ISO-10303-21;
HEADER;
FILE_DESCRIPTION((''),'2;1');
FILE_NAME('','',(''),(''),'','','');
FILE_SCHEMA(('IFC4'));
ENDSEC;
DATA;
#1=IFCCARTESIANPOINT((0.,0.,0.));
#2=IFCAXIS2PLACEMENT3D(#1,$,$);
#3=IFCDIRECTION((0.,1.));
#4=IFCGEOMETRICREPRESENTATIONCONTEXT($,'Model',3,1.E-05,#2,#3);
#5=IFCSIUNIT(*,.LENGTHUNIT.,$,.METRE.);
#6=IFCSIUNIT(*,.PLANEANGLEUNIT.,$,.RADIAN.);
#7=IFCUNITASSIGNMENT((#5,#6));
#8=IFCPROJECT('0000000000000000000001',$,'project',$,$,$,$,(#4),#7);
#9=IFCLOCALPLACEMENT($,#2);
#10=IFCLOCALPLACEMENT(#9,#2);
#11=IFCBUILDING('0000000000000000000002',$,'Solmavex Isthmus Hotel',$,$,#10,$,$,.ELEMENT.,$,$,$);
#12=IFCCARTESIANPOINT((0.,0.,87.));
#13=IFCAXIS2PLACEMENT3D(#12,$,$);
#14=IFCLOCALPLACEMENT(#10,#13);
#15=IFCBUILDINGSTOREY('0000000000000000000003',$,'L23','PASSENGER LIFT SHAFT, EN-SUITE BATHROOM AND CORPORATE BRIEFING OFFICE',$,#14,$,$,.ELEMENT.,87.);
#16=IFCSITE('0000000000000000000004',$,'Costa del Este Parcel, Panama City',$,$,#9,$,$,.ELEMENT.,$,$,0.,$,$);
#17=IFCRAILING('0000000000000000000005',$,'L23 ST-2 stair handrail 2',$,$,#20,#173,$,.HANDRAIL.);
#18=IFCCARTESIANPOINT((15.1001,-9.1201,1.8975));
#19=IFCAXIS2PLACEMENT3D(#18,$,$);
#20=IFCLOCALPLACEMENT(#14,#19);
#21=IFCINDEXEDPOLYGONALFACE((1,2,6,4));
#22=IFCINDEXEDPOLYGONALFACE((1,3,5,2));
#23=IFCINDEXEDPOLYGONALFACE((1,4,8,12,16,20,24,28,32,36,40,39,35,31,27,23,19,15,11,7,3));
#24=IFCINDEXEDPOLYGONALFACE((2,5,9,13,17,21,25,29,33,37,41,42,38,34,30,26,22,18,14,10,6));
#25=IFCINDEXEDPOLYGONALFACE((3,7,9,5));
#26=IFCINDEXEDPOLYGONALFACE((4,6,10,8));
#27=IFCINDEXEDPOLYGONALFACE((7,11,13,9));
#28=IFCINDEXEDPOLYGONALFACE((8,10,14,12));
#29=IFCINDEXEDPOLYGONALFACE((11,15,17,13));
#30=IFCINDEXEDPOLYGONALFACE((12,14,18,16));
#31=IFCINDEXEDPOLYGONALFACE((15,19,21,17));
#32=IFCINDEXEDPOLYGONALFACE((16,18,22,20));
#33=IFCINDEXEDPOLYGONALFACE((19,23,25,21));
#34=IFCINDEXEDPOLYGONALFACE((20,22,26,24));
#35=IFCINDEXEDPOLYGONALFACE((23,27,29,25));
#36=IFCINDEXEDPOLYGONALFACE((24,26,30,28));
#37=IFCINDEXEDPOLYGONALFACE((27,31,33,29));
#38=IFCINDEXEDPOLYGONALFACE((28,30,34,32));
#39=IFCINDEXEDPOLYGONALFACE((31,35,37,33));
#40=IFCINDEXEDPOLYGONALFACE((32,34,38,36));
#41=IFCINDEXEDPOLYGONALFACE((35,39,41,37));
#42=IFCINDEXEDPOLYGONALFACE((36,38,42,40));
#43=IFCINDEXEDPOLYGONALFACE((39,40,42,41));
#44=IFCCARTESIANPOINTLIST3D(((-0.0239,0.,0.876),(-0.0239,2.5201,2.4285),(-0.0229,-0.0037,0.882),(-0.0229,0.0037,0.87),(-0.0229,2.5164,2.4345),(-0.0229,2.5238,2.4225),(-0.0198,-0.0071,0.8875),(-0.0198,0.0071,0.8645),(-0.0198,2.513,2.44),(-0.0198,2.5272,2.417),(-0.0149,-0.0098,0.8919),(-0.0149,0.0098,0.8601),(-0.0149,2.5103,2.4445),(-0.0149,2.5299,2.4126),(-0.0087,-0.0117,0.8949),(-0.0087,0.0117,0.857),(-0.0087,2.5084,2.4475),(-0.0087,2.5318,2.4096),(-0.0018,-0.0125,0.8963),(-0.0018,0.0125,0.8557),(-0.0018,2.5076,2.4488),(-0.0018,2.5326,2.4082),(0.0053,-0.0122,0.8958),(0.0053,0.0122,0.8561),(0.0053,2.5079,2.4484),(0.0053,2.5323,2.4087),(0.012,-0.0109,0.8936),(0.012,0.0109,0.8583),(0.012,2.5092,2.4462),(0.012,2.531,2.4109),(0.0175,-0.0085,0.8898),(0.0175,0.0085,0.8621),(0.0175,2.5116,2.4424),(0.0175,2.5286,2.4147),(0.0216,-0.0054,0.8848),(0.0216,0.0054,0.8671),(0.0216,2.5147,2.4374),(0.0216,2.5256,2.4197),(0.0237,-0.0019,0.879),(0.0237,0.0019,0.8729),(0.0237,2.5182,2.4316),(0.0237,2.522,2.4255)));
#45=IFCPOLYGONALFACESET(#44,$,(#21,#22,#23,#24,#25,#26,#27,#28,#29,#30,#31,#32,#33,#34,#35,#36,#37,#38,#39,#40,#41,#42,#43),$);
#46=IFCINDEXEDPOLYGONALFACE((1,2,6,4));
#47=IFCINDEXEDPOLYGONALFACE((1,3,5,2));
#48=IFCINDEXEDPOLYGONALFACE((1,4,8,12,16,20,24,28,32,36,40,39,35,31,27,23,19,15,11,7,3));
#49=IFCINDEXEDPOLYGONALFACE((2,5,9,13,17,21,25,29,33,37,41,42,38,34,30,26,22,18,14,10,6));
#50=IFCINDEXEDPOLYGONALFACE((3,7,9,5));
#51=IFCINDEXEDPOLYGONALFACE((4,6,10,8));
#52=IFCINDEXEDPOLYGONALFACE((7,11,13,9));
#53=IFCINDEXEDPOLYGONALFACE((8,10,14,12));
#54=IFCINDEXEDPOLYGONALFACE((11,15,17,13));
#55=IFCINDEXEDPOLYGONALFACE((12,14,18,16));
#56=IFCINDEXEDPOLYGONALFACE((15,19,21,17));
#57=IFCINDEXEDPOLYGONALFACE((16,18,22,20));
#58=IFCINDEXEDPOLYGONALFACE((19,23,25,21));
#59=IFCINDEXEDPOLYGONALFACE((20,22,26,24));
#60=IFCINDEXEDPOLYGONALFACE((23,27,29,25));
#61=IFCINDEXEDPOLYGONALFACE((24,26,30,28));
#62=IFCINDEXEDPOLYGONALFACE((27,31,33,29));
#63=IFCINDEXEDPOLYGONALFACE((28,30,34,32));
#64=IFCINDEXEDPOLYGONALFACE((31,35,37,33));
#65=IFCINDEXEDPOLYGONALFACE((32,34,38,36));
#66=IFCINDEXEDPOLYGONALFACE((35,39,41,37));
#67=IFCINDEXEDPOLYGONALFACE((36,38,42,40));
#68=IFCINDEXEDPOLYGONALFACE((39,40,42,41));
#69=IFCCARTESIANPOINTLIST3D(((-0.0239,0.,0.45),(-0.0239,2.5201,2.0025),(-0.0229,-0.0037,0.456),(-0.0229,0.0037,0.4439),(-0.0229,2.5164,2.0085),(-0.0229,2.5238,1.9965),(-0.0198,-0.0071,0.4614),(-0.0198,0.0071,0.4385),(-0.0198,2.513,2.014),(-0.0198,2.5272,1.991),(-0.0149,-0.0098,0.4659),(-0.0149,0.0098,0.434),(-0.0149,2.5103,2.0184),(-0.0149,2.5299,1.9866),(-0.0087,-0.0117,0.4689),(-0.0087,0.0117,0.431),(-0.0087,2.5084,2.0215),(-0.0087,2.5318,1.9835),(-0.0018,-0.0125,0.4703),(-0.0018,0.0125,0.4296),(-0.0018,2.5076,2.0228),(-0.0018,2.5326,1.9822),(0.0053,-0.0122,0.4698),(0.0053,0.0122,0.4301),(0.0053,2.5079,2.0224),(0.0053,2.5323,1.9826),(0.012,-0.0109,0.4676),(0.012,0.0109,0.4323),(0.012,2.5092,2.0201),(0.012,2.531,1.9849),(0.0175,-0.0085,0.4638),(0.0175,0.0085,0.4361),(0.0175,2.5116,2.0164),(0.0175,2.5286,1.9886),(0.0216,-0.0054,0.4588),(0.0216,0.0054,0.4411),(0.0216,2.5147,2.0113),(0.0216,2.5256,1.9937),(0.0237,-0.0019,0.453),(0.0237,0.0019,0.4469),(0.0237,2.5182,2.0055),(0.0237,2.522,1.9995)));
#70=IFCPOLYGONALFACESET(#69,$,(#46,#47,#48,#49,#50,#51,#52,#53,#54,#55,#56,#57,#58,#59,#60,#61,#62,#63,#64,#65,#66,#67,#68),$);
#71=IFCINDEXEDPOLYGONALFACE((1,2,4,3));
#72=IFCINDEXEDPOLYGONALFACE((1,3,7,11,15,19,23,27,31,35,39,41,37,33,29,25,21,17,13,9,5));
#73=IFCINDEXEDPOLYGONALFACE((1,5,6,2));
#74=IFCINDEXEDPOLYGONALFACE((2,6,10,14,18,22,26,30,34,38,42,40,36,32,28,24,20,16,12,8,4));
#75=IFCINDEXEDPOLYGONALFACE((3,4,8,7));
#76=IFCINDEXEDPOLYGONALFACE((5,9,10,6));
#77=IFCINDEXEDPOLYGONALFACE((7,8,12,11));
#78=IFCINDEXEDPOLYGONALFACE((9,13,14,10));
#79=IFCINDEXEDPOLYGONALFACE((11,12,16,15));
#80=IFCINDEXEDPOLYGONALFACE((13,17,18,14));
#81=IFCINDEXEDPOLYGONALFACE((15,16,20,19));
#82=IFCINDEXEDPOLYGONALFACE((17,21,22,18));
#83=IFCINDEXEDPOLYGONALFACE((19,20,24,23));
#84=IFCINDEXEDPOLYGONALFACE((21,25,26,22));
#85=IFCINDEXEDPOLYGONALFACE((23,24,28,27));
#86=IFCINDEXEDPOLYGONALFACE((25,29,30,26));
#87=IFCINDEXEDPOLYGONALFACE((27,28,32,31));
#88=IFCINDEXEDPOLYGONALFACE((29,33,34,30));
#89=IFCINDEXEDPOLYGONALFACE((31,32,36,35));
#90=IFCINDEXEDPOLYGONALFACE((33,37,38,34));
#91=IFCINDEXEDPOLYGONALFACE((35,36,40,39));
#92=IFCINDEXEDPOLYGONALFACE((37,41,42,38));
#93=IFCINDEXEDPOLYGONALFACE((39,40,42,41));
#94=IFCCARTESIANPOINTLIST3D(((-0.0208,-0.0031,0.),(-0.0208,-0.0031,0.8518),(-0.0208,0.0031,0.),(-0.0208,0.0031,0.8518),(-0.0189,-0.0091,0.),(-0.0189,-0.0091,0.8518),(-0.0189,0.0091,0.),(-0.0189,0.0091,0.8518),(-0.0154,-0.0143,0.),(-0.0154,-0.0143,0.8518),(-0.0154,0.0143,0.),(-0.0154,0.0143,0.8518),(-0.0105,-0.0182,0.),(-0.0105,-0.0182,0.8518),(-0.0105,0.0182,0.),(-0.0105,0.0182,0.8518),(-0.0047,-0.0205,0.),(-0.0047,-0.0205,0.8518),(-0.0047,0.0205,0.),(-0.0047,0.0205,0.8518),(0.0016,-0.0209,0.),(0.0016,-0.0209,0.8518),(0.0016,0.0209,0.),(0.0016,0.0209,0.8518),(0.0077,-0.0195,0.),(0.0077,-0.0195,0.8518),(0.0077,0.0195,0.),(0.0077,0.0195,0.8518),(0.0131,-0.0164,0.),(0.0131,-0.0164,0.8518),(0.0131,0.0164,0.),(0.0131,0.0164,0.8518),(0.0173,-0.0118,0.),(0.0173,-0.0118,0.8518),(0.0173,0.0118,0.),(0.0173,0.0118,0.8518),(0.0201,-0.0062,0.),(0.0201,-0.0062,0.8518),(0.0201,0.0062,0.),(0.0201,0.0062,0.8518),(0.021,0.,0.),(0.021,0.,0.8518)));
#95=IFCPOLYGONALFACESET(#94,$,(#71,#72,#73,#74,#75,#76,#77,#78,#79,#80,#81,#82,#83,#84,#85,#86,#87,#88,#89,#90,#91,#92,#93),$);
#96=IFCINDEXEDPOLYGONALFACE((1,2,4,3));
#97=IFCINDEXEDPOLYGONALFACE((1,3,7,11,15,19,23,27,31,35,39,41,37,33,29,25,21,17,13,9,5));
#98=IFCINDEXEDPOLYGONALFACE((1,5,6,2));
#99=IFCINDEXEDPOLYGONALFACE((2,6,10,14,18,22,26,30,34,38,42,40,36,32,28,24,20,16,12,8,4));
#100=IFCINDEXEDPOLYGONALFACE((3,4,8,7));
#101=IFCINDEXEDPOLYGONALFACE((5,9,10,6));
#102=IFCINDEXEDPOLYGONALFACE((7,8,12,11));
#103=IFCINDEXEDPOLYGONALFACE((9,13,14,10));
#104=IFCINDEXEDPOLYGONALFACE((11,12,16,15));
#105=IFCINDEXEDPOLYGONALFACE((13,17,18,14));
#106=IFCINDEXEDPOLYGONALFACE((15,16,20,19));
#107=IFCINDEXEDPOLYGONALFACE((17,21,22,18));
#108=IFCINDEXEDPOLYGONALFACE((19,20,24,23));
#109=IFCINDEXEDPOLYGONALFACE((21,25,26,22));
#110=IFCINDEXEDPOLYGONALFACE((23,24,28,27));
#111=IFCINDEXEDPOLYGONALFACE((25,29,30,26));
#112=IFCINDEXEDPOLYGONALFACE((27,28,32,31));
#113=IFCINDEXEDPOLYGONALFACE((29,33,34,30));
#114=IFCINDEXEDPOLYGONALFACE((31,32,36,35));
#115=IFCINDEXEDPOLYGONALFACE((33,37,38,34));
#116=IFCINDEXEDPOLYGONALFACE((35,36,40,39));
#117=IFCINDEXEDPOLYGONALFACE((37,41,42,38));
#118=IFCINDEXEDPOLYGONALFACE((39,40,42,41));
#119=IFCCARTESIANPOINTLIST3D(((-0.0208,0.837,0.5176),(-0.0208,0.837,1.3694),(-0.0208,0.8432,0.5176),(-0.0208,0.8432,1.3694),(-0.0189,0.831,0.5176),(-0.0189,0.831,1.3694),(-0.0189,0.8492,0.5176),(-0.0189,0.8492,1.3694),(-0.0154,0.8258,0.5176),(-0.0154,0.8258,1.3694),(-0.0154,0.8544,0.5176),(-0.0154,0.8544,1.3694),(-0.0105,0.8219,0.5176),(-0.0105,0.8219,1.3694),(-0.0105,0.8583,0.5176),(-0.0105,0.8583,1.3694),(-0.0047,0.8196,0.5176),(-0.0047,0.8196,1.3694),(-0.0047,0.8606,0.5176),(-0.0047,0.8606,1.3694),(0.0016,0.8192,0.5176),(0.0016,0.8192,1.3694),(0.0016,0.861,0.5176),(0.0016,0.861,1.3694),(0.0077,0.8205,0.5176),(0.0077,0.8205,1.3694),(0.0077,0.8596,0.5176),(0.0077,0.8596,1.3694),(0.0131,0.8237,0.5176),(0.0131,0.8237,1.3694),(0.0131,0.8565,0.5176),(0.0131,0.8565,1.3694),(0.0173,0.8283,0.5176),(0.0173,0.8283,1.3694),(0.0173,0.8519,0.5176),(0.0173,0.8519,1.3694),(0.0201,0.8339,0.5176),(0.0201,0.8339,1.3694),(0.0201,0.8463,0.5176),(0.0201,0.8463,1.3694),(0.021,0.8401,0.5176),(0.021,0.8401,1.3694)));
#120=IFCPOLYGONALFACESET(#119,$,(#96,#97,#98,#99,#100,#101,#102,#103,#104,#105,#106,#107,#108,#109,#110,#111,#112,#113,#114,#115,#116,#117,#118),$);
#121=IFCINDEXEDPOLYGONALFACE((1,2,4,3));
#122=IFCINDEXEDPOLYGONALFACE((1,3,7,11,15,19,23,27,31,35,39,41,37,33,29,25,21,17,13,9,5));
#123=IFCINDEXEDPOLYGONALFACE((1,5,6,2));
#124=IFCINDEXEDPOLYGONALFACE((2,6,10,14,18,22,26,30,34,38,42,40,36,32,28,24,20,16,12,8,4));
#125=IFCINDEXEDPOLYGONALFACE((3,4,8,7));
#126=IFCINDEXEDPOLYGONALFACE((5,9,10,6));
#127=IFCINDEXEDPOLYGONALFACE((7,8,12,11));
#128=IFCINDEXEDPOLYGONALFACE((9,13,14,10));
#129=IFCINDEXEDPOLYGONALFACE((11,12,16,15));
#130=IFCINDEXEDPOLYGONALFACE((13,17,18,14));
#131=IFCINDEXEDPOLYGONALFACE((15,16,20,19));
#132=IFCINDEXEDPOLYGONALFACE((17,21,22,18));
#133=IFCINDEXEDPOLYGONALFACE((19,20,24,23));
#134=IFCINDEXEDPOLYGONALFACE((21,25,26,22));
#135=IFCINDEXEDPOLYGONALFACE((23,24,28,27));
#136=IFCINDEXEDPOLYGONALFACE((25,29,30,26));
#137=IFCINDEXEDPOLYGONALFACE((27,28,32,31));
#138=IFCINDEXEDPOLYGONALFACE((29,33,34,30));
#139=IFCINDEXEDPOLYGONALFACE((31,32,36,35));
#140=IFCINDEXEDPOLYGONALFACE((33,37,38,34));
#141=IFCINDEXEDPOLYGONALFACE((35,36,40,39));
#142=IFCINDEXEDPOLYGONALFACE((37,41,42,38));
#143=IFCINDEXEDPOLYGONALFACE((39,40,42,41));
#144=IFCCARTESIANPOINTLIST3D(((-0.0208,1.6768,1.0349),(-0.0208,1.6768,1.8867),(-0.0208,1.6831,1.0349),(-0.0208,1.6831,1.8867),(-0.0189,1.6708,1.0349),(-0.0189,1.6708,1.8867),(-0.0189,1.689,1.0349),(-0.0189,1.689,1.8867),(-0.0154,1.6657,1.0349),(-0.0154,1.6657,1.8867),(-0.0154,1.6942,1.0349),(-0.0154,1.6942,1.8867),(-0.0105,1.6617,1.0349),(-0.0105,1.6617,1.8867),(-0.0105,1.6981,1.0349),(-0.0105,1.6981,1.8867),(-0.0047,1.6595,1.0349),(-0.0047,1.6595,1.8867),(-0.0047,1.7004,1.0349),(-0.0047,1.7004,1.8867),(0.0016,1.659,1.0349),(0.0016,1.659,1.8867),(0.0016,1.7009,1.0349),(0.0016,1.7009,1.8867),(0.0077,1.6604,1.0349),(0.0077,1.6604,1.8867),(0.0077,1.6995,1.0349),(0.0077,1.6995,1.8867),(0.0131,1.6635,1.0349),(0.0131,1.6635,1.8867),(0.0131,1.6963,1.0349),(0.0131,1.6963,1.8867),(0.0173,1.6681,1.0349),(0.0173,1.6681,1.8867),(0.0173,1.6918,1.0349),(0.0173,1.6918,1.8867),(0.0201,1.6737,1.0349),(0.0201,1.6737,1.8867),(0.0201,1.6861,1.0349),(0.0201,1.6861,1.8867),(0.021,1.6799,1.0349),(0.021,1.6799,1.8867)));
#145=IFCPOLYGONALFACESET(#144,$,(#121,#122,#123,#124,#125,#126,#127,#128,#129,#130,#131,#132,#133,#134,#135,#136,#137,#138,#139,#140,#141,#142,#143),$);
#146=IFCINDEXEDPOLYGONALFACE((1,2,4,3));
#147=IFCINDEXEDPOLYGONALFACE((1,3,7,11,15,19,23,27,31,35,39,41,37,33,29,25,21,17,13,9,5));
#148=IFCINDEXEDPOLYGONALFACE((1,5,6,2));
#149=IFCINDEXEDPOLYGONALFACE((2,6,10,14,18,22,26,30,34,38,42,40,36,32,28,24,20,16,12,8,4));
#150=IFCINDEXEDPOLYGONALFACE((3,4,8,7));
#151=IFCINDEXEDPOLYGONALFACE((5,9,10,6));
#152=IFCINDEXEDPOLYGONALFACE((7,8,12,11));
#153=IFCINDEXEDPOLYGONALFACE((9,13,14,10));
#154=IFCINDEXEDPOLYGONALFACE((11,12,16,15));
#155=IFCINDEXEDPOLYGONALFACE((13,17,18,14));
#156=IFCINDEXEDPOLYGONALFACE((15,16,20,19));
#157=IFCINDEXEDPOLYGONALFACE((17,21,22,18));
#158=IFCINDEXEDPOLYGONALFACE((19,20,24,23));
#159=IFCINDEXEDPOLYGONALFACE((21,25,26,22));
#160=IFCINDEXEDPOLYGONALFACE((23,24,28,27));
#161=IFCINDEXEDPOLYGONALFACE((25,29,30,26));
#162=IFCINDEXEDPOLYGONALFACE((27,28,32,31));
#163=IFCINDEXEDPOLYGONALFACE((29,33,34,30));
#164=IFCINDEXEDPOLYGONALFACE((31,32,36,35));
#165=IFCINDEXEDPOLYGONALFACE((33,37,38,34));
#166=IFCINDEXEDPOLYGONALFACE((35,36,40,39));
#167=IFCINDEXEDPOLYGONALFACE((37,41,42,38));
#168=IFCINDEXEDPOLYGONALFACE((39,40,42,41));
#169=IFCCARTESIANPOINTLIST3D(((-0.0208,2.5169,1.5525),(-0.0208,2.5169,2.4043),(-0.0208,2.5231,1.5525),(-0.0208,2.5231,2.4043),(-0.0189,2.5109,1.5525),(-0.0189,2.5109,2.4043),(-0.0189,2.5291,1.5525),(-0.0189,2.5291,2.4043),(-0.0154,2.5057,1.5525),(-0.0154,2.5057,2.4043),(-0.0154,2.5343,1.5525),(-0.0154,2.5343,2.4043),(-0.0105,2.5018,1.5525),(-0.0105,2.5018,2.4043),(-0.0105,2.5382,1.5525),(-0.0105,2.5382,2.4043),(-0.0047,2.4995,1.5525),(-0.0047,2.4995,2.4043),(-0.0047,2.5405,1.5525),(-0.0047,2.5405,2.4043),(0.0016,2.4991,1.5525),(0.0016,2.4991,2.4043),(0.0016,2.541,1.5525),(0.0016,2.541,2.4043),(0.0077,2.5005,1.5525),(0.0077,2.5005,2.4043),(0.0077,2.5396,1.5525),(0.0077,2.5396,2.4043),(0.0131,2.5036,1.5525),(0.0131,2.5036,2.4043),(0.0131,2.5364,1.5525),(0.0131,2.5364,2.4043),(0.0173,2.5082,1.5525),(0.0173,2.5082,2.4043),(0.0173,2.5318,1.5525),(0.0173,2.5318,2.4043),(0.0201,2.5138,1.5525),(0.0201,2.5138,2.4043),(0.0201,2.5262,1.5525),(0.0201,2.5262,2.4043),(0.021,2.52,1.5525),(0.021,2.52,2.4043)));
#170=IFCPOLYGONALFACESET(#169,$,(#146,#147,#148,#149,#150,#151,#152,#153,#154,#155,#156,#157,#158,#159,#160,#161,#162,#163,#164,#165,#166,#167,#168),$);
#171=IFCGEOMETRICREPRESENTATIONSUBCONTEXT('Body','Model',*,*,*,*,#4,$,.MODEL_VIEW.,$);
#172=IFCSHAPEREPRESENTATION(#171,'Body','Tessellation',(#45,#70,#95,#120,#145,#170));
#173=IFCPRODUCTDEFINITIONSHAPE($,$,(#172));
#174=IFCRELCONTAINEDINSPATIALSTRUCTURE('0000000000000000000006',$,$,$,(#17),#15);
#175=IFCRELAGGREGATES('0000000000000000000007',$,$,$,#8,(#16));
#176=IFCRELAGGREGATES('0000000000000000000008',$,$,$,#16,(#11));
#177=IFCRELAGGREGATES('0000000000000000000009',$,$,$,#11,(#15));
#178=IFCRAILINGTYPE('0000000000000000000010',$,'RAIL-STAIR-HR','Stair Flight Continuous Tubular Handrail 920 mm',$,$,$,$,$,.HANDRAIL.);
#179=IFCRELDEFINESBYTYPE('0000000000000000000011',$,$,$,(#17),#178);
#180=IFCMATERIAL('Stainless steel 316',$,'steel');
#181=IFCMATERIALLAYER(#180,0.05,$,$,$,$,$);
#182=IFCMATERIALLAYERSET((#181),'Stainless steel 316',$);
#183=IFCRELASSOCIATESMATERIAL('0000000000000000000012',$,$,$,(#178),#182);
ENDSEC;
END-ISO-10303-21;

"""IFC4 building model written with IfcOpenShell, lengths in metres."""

from ifc_helpers import new_model, si_unit, direction, frame, origin, origin_2d, place, context, subcontext, project, spatial, circle, extrude, material, layer, layer_set, type_object, element, save


model = new_model("IFC4")

# Units and contexts
model_context = context("Model", 3, precision=1e-05, world=origin(), true_north=direction((0.0, 1.0)))
body_context = subcontext(model_context, "Body", "Model", "MODEL_VIEW")
ifc_project = project(units=[si_unit("LENGTHUNIT", "METRE"), si_unit("PLANEANGLEUNIT", "RADIAN")], contexts=[model_context])

# Site, building, storey
site_placement = place(None, origin())
site = spatial("IfcSite", under=ifc_project, at=site_placement, Name="Costa del Este Parcel, Panama City", CompositionType="ELEMENT", RefElevation=0.0)
building_placement = place(site_placement, origin())
building = spatial("IfcBuilding", under=site, at=building_placement, Name="Solmavex Isthmus Hotel", CompositionType="ELEMENT")
storey_placement = place(building_placement, frame((0.0, 0.0, 87.0)))
storey = spatial("IfcBuildingStorey", under=building, at=storey_placement, Name="L23", Description="PASSENGER LIFT SHAFT, EN-SUITE BATHROOM AND CORPORATE BRIEFING OFFICE", CompositionType="ELEMENT", Elevation=87.0)

# Railing
ifc_material_1 = material(Name="Stainless steel 316", Category="steel")
ifc_layer_1 = layer(ifc_material_1, 0.05)
ifc_layer_set_1 = layer_set([ifc_layer_1], Name="Stainless steel 316")
railing_type_1 = type_object("IfcRailingType", Name="RAIL-STAIR-HR", Description="Stair Flight Continuous Tubular Handrail 920 mm", PredefinedType="HANDRAIL", material=ifc_layer_set_1)
railing_1_placement = place(storey_placement, frame((15.1001, -9.1201, 1.8975)))
element("IfcRailing", 1, at=railing_1_placement, inside=storey, type_object=railing_type_1, Name="L23 ST-2 stair handrail 2", PredefinedType="HANDRAIL", context=body_context, shape_type="SweptSolid", body=[
    extrude(circle(Radius=0.0239, at=origin_2d()), frame((0.0, 0.0, 0.876), z_axis=(0.0, 0.8514, 0.524516), x_axis=(-1.0, 0.0, 0.0)), (0.0, 0.0, 1.0), 2.96),
    extrude(circle(Radius=0.0239, at=origin_2d()), frame((0.0, 0.0, 0.45), z_axis=(0.0, 0.8514, 0.524516), x_axis=(-1.0, 0.0, 0.0)), (0.0, 0.0, 1.0), 2.96),
    extrude(circle(Radius=0.021, at=origin_2d()), origin(), (0.0, 0.0, 1.0), 0.8518),
    extrude(circle(Radius=0.021, at=origin_2d()), frame((0.0, 0.8401, 0.5176)), (0.0, 0.0, 1.0), 0.8518),
    extrude(circle(Radius=0.021, at=origin_2d()), frame((0.0, 1.6799, 1.0349)), (0.0, 0.0, 1.0), 0.8518),
    extrude(circle(Radius=0.021, at=origin_2d()), frame((0.0, 2.52, 1.5525)), (0.0, 0.0, 1.0), 0.8518),
])

save(model, "model.ifc")
